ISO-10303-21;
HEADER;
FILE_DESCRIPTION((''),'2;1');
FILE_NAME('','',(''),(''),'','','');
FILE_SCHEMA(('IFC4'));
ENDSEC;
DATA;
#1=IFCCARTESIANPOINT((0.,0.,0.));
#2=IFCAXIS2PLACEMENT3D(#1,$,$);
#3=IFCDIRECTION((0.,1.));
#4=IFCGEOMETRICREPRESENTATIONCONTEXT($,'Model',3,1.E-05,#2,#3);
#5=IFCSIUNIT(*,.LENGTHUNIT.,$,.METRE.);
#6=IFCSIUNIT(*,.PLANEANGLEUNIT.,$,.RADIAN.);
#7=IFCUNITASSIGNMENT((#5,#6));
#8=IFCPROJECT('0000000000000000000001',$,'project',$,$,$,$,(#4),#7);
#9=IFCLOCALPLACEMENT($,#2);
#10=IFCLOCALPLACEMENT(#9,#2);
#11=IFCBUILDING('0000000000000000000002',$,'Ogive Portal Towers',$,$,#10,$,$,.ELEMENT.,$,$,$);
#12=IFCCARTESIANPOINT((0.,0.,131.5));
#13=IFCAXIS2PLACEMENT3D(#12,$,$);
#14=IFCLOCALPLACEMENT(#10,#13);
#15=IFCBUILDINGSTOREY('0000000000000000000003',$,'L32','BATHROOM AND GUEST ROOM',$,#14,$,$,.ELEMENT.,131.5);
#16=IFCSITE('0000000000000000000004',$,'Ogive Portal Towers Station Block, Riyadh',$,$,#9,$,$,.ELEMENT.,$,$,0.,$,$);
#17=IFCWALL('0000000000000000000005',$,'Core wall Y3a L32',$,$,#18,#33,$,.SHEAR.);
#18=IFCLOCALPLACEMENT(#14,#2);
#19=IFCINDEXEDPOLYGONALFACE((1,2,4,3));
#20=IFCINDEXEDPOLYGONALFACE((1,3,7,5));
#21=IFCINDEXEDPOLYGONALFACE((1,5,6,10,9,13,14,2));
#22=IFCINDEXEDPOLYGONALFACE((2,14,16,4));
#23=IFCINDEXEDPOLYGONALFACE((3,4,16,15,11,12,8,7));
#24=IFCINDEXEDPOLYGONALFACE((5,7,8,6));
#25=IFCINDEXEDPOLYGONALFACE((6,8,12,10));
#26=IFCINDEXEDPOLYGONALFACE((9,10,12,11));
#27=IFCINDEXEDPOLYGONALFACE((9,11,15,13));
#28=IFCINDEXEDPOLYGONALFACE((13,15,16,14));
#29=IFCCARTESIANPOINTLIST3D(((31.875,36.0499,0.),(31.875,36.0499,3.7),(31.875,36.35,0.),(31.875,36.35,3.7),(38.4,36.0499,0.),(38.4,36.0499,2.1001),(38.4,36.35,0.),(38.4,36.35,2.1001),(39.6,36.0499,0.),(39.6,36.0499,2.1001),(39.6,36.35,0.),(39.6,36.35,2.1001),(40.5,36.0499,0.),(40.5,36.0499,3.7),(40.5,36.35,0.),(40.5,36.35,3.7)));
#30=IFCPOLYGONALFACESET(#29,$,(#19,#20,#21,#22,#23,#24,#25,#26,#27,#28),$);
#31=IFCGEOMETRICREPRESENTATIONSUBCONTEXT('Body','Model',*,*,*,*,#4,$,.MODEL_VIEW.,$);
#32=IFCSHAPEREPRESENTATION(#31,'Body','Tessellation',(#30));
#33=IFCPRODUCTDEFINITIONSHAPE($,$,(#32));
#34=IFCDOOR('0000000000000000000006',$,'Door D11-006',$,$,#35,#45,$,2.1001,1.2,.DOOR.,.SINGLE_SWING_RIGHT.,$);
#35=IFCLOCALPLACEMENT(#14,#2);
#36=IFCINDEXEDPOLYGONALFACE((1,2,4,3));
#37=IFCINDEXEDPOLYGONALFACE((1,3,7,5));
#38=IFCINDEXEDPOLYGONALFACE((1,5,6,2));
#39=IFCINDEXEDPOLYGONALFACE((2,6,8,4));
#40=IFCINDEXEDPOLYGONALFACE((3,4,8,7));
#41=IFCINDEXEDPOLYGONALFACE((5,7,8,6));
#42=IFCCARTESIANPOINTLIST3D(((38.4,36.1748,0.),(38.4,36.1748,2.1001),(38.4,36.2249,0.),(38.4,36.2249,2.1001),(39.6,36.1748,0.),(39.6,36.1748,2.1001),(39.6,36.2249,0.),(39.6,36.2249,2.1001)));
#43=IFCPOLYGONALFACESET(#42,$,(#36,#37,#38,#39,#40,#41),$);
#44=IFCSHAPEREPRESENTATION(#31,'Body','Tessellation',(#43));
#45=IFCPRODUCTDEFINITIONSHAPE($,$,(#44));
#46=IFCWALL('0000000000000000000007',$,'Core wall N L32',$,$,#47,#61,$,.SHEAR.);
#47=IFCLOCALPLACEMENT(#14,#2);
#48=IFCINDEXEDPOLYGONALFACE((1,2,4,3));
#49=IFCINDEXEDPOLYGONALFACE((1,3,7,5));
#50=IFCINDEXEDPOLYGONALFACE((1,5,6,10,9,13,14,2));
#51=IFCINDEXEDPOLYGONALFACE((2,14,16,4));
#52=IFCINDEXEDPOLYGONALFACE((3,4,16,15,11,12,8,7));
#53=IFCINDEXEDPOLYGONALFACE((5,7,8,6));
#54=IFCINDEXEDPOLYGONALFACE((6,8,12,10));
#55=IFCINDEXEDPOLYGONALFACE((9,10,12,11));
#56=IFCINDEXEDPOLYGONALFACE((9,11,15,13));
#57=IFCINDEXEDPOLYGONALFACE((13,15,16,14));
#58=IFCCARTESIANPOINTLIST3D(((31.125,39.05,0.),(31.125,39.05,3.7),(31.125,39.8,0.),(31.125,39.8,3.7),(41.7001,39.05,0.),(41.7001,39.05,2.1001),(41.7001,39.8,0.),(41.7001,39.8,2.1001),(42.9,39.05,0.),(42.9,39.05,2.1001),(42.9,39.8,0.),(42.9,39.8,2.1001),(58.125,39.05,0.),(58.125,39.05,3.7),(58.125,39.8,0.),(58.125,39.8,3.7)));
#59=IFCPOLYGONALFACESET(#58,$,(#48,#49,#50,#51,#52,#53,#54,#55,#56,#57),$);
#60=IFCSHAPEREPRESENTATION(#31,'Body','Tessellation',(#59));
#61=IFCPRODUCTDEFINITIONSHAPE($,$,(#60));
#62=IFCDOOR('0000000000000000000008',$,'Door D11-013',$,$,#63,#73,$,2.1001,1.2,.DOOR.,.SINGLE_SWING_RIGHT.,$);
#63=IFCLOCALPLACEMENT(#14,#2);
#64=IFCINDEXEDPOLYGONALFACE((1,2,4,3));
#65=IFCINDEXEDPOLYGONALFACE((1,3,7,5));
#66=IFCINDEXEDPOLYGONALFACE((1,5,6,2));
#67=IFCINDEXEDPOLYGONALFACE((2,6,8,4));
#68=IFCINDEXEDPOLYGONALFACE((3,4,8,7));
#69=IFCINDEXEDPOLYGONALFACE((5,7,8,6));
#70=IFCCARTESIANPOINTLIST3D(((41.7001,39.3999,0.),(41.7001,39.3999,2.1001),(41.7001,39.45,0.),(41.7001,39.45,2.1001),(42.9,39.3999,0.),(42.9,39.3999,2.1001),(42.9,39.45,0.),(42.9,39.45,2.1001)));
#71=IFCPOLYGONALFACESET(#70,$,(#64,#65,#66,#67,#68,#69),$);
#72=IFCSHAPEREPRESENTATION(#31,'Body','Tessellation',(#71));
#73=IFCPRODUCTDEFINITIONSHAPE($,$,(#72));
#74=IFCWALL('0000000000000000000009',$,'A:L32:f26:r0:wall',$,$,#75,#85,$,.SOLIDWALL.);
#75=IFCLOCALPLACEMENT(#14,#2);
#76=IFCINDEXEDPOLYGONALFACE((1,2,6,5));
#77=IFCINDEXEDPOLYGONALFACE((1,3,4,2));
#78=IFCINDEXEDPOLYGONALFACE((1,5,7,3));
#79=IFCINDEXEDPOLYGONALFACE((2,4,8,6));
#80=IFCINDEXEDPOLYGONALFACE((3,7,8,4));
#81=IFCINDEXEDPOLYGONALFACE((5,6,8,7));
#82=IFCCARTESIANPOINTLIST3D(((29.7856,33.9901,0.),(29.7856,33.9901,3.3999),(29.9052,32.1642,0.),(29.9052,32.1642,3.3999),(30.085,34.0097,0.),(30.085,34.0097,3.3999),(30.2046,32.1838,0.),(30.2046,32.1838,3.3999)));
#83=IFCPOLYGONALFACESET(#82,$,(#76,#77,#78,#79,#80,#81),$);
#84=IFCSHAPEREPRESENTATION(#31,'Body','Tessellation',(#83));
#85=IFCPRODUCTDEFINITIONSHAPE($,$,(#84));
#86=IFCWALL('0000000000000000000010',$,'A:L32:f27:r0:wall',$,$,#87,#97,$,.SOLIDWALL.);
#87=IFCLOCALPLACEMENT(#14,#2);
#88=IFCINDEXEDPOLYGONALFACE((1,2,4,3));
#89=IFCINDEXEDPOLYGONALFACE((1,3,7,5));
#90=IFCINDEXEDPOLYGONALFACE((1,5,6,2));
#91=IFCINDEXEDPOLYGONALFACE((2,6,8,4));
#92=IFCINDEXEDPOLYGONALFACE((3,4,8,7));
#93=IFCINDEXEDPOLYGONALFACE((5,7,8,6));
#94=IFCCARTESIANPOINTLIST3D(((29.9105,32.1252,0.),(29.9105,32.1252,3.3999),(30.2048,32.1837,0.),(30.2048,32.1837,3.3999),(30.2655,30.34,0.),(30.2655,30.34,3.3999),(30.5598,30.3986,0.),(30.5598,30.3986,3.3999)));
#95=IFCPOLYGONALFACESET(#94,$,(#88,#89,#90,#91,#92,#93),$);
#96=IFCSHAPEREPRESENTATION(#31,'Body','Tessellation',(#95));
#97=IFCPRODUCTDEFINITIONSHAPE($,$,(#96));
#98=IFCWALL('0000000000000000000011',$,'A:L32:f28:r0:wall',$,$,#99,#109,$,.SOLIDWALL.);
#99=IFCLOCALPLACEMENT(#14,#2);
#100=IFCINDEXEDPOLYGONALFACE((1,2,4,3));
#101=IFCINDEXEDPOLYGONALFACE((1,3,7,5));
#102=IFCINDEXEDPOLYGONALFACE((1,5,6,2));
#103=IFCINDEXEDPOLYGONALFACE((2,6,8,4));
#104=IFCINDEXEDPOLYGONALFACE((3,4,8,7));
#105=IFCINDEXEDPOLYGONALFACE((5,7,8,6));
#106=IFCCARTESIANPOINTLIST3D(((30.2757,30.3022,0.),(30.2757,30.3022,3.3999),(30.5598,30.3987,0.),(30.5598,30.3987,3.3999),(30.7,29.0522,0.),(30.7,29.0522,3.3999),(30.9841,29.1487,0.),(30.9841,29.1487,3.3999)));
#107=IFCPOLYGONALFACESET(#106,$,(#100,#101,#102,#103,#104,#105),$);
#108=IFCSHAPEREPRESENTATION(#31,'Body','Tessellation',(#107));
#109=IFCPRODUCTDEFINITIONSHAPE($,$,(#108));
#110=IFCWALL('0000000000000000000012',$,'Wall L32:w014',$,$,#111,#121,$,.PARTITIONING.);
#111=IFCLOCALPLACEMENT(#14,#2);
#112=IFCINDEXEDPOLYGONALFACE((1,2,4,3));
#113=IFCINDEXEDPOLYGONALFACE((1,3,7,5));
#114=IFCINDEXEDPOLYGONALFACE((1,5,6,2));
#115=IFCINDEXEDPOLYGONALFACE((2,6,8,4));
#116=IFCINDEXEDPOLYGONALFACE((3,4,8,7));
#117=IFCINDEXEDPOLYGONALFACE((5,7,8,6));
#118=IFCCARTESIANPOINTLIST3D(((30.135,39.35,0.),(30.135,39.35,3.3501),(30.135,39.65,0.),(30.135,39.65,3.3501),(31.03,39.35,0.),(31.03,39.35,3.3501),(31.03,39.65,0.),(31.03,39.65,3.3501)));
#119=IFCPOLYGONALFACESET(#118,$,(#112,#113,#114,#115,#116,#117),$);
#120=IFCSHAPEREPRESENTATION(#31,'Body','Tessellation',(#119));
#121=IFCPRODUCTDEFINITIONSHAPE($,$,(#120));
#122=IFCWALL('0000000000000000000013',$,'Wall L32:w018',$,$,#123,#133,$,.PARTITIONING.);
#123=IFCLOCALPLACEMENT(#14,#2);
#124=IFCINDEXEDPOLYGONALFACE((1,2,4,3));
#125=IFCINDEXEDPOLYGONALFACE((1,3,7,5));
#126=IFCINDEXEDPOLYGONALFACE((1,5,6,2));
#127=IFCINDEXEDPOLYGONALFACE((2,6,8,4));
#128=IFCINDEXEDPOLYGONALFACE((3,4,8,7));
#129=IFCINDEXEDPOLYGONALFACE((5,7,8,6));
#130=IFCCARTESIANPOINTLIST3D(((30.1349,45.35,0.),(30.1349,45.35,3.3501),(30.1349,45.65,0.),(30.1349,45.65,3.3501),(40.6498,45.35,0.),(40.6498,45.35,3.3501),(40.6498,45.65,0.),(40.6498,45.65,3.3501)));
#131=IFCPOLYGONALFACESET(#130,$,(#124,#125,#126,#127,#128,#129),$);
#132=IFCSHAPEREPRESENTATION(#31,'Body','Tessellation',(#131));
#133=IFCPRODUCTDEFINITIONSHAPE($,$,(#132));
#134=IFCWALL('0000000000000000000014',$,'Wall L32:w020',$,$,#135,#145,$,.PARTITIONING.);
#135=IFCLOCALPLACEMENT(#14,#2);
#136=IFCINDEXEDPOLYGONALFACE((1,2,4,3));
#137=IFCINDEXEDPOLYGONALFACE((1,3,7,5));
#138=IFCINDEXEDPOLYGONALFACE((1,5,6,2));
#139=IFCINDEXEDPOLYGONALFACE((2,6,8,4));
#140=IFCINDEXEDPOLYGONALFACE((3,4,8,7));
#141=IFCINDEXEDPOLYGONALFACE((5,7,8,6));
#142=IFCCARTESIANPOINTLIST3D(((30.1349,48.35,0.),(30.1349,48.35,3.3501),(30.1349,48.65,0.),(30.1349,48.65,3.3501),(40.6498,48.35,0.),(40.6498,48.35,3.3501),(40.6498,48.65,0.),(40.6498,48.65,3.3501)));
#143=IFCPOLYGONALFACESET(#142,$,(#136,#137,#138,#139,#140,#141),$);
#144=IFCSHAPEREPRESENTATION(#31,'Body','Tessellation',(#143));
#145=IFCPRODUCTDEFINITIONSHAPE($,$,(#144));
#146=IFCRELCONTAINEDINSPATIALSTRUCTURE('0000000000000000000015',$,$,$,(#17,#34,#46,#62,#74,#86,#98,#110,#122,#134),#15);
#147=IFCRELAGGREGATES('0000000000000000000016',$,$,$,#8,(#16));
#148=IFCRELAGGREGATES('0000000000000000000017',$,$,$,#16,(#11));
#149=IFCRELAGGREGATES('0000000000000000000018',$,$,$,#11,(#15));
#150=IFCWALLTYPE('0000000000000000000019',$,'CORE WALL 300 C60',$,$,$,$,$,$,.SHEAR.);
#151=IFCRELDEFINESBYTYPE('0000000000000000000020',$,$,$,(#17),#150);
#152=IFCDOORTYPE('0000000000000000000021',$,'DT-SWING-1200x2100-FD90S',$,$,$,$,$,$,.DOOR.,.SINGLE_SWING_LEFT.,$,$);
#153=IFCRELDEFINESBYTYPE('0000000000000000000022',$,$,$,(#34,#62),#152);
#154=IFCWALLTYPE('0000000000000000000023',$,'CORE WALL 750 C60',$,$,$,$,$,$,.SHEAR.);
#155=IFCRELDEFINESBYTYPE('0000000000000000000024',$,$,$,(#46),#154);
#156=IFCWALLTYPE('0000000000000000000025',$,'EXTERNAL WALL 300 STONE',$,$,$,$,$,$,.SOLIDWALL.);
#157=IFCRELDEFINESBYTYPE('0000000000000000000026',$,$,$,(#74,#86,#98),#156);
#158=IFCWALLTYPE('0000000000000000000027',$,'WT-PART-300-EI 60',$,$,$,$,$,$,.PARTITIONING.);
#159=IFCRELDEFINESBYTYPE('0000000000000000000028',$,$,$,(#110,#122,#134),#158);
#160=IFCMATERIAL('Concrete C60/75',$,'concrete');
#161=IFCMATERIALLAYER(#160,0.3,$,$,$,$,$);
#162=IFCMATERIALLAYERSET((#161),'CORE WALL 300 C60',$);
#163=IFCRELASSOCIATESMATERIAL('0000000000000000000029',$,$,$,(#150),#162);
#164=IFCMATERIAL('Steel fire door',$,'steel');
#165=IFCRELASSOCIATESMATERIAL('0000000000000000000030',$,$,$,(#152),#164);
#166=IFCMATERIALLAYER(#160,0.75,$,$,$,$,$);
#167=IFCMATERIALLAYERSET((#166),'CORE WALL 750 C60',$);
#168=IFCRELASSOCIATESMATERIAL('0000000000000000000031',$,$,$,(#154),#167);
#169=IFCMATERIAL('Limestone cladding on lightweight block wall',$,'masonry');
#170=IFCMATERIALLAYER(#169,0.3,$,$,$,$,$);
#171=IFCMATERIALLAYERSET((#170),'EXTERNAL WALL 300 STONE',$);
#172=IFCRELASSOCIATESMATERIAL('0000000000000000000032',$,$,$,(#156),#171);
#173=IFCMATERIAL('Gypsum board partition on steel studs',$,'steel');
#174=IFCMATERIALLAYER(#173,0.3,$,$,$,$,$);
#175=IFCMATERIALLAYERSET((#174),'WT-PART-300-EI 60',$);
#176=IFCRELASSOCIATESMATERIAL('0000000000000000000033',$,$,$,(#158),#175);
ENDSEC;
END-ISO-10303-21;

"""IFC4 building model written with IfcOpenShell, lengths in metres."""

from ifc_helpers import new_model, si_unit, direction, frame, frame_2d, origin, place, context, subcontext, project, spatial, rectangle, extrude, material, layer, layer_set, type_object, element, fill, save


model = new_model("IFC4")

# Units and contexts
model_context = context("Model", 3, precision=1e-05, world=origin(), true_north=direction((0.0, 1.0)))
body_context = subcontext(model_context, "Body", "Model", "MODEL_VIEW")
ifc_project = project(units=[si_unit("LENGTHUNIT", "METRE"), si_unit("PLANEANGLEUNIT", "RADIAN")], contexts=[model_context])

# Site, building, storey
site_placement = place(None, origin())
site = spatial("IfcSite", under=ifc_project, at=site_placement, Name="Ogive Portal Towers Station Block, Riyadh", CompositionType="ELEMENT", RefElevation=0.0)
building_placement = place(site_placement, origin())
building = spatial("IfcBuilding", under=site, at=building_placement, Name="Ogive Portal Towers", CompositionType="ELEMENT")
storey_placement = place(building_placement, frame((0.0, 0.0, 131.5)))
storey = spatial("IfcBuildingStorey", under=building, at=storey_placement, Name="L32", Description="BATHROOM AND GUEST ROOM", CompositionType="ELEMENT", Elevation=131.5)

# Shared definitions
ifc_material_1 = material(Name="Concrete C60/75", Category="concrete")

# Shared definitions
ifc_layer_1 = layer(ifc_material_1, 0.3)
ifc_layer_set_1 = layer_set([ifc_layer_1], Name="CORE WALL 300 C60")
wall_type_1 = type_object("IfcWallType", Name="CORE WALL 300 C60", PredefinedType="SHEAR", material=ifc_layer_set_1)
ifc_material_2 = material(Name="Steel fire door", Category="steel")
door_type_1 = type_object("IfcDoorType", Name="DT-SWING-1200x2100-FD90S", OperationType="SINGLE_SWING_LEFT", PredefinedType="DOOR", material=ifc_material_2)

# Walls, openings, doors
wall_1_placement = place(storey_placement, frame((31.875, 36.2, 0.0), z_axis=(0.0, 0.0, 1.0), x_axis=(1.0, 0.0, 0.0)))
wall_1 = element("IfcWall", 1, at=wall_1_placement, inside=storey, type_object=wall_type_1, Name="Core wall Y3a L32", PredefinedType="SHEAR", context=body_context, shape_type="SweptSolid", body=[
    extrude(rectangle(XDim=8.625, YDim=0.3, at=frame_2d((4.3125, 0.0))), origin(), (0.0, 0.0, 1.0), 3.7),
])
opening_1_placement = place(wall_1_placement, frame((6.5249, 0.0, 0.0)))
opening_1 = element("IfcOpeningElement", 2, at=opening_1_placement, cuts=wall_1, PredefinedType="OPENING", context=body_context, shape_type="SweptSolid", body=[
    extrude(rectangle(XDim=1.2, YDim=2.1001, at=frame_2d((0.6001, 1.05))), frame((0.0, 0.1602, 0.0), z_axis=(0.0, -1.0, 0.0), x_axis=(1.0, 0.0, 0.0)), (0.0, 0.0, 1.0), 0.3201),
])
door_1_placement = place(opening_1_placement, origin())
door_1 = element("IfcDoor", 3, at=door_1_placement, inside=storey, type_object=door_type_1, Name="Door D11-006", OperationType="SINGLE_SWING_RIGHT", OverallHeight=2.1001, OverallWidth=1.2, PredefinedType="DOOR", context=body_context, shape_type="SweptSolid", body=[
    extrude(rectangle(XDim=1.2, YDim=2.1001, at=frame_2d((0.6001, 1.05))), frame((0.0, 0.0249, 0.0), z_axis=(0.0, -1.0, 0.0), x_axis=(1.0, 0.0, 0.0)), (0.0, 0.0, 1.0), 0.05),
])
fill(opening_1, door_1)
ifc_layer_2 = layer(ifc_material_1, 0.75)
ifc_layer_set_2 = layer_set([ifc_layer_2], Name="CORE WALL 750 C60")
wall_type_2 = type_object("IfcWallType", Name="CORE WALL 750 C60", PredefinedType="SHEAR", material=ifc_layer_set_2)
wall_2_placement = place(storey_placement, frame((31.125, 39.425, 0.0), z_axis=(0.0, 0.0, 1.0), x_axis=(1.0, 0.0, 0.0)))
wall_2 = element("IfcWall", 4, at=wall_2_placement, inside=storey, type_object=wall_type_2, Name="Core wall N L32", PredefinedType="SHEAR", context=body_context, shape_type="SweptSolid", body=[
    extrude(rectangle(XDim=27.0, YDim=0.75, at=frame_2d((13.5, 0.0))), origin(), (0.0, 0.0, 1.0), 3.7),
])
opening_2_placement = place(wall_2_placement, frame((10.575, 0.0, 0.0)))
opening_2 = element("IfcOpeningElement", 5, at=opening_2_placement, cuts=wall_2, PredefinedType="OPENING", context=body_context, shape_type="SweptSolid", body=[
    extrude(rectangle(XDim=1.2, YDim=2.1001, at=frame_2d((0.6001, 1.05))), frame((0.0, 0.385, 0.0), z_axis=(0.0, -1.0, 0.0), x_axis=(1.0, 0.0, 0.0)), (0.0, 0.0, 1.0), 0.77),
])
door_2_placement = place(opening_2_placement, origin())
door_2 = element("IfcDoor", 6, at=door_2_placement, inside=storey, type_object=door_type_1, Name="Door D11-013", OperationType="SINGLE_SWING_RIGHT", OverallHeight=2.1001, OverallWidth=1.2, PredefinedType="DOOR", context=body_context, shape_type="SweptSolid", body=[
    extrude(rectangle(XDim=1.2, YDim=2.1001, at=frame_2d((0.6001, 1.05))), frame((0.0, 0.0249, 0.0), z_axis=(0.0, -1.0, 0.0), x_axis=(1.0, 0.0, 0.0)), (0.0, 0.0, 1.0), 0.05),
])
fill(opening_2, door_2)

# Walls
ifc_material_3 = material(Name="Limestone cladding on lightweight block wall", Category="masonry")
ifc_layer_3 = layer(ifc_material_3, 0.3)
ifc_layer_set_3 = layer_set([ifc_layer_3], Name="EXTERNAL WALL 300 STONE")
wall_type_3 = type_object("IfcWallType", Name="EXTERNAL WALL 300 STONE", PredefinedType="SOLIDWALL", material=ifc_layer_set_3)
wall_3_placement = place(storey_placement, frame((29.9353, 34.0, 0.0), z_axis=(0.0, 0.0, 1.0), x_axis=(0.065377, -0.997861, 0.0)))
element("IfcWall", 7, at=wall_3_placement, inside=storey, type_object=wall_type_3, Name="A:L32:f26:r0:wall", PredefinedType="SOLIDWALL", context=body_context, shape_type="SweptSolid", body=[
    extrude(rectangle(XDim=1.8298, YDim=0.3, at=frame_2d((0.915, 0.0))), origin(), (0.0, 0.0, 1.0), 3.3999),
])
wall_4_placement = place(storey_placement, frame((30.0576, 32.1545, 0.0), z_axis=(0.0, 0.0, 1.0), x_axis=(0.195033, -0.980797, 0.0)))
element("IfcWall", 8, at=wall_4_placement, inside=storey, type_object=wall_type_3, Name="A:L32:f27:r0:wall", PredefinedType="SOLIDWALL", context=body_context, shape_type="SweptSolid", body=[
    extrude(rectangle(XDim=1.8201, YDim=0.3, at=frame_2d((0.9102, 0.0))), origin(), (0.0, 0.0, 1.0), 3.3999),
])
wall_5_placement = place(storey_placement, frame((30.4177, 30.3506, 0.0), z_axis=(0.0, 0.0, 1.0), x_axis=(0.321439, -0.94693, 0.0)))
element("IfcWall", 9, at=wall_5_placement, inside=storey, type_object=wall_type_3, Name="A:L32:f28:r0:wall", PredefinedType="SOLIDWALL", context=body_context, shape_type="SweptSolid", body=[
    extrude(rectangle(XDim=1.3201, YDim=0.3, at=frame_2d((0.6602, 0.0))), origin(), (0.0, 0.0, 1.0), 3.3999),
])
ifc_material_4 = material(Name="Gypsum board partition on steel studs", Category="steel")
ifc_layer_4 = layer(ifc_material_4, 0.3)
ifc_layer_set_4 = layer_set([ifc_layer_4], Name="WT-PART-300-EI 60")
wall_type_4 = type_object("IfcWallType", Name="WT-PART-300-EI 60", PredefinedType="PARTITIONING", material=ifc_layer_set_4)
wall_6_placement = place(storey_placement, frame((30.135, 39.5, 0.0), z_axis=(0.0, 0.0, 1.0), x_axis=(1.0, 0.0, 0.0)))
element("IfcWall", 10, at=wall_6_placement, inside=storey, type_object=wall_type_4, Name="Wall L32:w014", PredefinedType="PARTITIONING", context=body_context, shape_type="SweptSolid", body=[
    extrude(rectangle(XDim=0.895, YDim=0.3, at=frame_2d((0.4475, 0.0))), origin(), (0.0, 0.0, 1.0), 3.3501),
])
for number, where, z_axis, x_axis, name in (
    (11, (30.135, 45.5, 0.0), (0.0, 0.0, 1.0), (1.0, 0.0, 0.0), "Wall L32:w018"),
    (12, (30.135, 48.5, 0.0), (0.0, 0.0, 1.0), (1.0, 0.0, 0.0), "Wall L32:w020"),
):
    element("IfcWall", number, at=place(storey_placement, frame(where, z_axis=z_axis, x_axis=x_axis)), inside=storey, type_object=wall_type_4, Name=name, PredefinedType="PARTITIONING", context=body_context, shape_type="SweptSolid", body=[
        extrude(rectangle(XDim=10.5149, YDim=0.3, at=frame_2d((5.2573, 0.0))), origin(), (0.0, 0.0, 1.0), 3.3501),
    ])

save(model, "model.ifc")
